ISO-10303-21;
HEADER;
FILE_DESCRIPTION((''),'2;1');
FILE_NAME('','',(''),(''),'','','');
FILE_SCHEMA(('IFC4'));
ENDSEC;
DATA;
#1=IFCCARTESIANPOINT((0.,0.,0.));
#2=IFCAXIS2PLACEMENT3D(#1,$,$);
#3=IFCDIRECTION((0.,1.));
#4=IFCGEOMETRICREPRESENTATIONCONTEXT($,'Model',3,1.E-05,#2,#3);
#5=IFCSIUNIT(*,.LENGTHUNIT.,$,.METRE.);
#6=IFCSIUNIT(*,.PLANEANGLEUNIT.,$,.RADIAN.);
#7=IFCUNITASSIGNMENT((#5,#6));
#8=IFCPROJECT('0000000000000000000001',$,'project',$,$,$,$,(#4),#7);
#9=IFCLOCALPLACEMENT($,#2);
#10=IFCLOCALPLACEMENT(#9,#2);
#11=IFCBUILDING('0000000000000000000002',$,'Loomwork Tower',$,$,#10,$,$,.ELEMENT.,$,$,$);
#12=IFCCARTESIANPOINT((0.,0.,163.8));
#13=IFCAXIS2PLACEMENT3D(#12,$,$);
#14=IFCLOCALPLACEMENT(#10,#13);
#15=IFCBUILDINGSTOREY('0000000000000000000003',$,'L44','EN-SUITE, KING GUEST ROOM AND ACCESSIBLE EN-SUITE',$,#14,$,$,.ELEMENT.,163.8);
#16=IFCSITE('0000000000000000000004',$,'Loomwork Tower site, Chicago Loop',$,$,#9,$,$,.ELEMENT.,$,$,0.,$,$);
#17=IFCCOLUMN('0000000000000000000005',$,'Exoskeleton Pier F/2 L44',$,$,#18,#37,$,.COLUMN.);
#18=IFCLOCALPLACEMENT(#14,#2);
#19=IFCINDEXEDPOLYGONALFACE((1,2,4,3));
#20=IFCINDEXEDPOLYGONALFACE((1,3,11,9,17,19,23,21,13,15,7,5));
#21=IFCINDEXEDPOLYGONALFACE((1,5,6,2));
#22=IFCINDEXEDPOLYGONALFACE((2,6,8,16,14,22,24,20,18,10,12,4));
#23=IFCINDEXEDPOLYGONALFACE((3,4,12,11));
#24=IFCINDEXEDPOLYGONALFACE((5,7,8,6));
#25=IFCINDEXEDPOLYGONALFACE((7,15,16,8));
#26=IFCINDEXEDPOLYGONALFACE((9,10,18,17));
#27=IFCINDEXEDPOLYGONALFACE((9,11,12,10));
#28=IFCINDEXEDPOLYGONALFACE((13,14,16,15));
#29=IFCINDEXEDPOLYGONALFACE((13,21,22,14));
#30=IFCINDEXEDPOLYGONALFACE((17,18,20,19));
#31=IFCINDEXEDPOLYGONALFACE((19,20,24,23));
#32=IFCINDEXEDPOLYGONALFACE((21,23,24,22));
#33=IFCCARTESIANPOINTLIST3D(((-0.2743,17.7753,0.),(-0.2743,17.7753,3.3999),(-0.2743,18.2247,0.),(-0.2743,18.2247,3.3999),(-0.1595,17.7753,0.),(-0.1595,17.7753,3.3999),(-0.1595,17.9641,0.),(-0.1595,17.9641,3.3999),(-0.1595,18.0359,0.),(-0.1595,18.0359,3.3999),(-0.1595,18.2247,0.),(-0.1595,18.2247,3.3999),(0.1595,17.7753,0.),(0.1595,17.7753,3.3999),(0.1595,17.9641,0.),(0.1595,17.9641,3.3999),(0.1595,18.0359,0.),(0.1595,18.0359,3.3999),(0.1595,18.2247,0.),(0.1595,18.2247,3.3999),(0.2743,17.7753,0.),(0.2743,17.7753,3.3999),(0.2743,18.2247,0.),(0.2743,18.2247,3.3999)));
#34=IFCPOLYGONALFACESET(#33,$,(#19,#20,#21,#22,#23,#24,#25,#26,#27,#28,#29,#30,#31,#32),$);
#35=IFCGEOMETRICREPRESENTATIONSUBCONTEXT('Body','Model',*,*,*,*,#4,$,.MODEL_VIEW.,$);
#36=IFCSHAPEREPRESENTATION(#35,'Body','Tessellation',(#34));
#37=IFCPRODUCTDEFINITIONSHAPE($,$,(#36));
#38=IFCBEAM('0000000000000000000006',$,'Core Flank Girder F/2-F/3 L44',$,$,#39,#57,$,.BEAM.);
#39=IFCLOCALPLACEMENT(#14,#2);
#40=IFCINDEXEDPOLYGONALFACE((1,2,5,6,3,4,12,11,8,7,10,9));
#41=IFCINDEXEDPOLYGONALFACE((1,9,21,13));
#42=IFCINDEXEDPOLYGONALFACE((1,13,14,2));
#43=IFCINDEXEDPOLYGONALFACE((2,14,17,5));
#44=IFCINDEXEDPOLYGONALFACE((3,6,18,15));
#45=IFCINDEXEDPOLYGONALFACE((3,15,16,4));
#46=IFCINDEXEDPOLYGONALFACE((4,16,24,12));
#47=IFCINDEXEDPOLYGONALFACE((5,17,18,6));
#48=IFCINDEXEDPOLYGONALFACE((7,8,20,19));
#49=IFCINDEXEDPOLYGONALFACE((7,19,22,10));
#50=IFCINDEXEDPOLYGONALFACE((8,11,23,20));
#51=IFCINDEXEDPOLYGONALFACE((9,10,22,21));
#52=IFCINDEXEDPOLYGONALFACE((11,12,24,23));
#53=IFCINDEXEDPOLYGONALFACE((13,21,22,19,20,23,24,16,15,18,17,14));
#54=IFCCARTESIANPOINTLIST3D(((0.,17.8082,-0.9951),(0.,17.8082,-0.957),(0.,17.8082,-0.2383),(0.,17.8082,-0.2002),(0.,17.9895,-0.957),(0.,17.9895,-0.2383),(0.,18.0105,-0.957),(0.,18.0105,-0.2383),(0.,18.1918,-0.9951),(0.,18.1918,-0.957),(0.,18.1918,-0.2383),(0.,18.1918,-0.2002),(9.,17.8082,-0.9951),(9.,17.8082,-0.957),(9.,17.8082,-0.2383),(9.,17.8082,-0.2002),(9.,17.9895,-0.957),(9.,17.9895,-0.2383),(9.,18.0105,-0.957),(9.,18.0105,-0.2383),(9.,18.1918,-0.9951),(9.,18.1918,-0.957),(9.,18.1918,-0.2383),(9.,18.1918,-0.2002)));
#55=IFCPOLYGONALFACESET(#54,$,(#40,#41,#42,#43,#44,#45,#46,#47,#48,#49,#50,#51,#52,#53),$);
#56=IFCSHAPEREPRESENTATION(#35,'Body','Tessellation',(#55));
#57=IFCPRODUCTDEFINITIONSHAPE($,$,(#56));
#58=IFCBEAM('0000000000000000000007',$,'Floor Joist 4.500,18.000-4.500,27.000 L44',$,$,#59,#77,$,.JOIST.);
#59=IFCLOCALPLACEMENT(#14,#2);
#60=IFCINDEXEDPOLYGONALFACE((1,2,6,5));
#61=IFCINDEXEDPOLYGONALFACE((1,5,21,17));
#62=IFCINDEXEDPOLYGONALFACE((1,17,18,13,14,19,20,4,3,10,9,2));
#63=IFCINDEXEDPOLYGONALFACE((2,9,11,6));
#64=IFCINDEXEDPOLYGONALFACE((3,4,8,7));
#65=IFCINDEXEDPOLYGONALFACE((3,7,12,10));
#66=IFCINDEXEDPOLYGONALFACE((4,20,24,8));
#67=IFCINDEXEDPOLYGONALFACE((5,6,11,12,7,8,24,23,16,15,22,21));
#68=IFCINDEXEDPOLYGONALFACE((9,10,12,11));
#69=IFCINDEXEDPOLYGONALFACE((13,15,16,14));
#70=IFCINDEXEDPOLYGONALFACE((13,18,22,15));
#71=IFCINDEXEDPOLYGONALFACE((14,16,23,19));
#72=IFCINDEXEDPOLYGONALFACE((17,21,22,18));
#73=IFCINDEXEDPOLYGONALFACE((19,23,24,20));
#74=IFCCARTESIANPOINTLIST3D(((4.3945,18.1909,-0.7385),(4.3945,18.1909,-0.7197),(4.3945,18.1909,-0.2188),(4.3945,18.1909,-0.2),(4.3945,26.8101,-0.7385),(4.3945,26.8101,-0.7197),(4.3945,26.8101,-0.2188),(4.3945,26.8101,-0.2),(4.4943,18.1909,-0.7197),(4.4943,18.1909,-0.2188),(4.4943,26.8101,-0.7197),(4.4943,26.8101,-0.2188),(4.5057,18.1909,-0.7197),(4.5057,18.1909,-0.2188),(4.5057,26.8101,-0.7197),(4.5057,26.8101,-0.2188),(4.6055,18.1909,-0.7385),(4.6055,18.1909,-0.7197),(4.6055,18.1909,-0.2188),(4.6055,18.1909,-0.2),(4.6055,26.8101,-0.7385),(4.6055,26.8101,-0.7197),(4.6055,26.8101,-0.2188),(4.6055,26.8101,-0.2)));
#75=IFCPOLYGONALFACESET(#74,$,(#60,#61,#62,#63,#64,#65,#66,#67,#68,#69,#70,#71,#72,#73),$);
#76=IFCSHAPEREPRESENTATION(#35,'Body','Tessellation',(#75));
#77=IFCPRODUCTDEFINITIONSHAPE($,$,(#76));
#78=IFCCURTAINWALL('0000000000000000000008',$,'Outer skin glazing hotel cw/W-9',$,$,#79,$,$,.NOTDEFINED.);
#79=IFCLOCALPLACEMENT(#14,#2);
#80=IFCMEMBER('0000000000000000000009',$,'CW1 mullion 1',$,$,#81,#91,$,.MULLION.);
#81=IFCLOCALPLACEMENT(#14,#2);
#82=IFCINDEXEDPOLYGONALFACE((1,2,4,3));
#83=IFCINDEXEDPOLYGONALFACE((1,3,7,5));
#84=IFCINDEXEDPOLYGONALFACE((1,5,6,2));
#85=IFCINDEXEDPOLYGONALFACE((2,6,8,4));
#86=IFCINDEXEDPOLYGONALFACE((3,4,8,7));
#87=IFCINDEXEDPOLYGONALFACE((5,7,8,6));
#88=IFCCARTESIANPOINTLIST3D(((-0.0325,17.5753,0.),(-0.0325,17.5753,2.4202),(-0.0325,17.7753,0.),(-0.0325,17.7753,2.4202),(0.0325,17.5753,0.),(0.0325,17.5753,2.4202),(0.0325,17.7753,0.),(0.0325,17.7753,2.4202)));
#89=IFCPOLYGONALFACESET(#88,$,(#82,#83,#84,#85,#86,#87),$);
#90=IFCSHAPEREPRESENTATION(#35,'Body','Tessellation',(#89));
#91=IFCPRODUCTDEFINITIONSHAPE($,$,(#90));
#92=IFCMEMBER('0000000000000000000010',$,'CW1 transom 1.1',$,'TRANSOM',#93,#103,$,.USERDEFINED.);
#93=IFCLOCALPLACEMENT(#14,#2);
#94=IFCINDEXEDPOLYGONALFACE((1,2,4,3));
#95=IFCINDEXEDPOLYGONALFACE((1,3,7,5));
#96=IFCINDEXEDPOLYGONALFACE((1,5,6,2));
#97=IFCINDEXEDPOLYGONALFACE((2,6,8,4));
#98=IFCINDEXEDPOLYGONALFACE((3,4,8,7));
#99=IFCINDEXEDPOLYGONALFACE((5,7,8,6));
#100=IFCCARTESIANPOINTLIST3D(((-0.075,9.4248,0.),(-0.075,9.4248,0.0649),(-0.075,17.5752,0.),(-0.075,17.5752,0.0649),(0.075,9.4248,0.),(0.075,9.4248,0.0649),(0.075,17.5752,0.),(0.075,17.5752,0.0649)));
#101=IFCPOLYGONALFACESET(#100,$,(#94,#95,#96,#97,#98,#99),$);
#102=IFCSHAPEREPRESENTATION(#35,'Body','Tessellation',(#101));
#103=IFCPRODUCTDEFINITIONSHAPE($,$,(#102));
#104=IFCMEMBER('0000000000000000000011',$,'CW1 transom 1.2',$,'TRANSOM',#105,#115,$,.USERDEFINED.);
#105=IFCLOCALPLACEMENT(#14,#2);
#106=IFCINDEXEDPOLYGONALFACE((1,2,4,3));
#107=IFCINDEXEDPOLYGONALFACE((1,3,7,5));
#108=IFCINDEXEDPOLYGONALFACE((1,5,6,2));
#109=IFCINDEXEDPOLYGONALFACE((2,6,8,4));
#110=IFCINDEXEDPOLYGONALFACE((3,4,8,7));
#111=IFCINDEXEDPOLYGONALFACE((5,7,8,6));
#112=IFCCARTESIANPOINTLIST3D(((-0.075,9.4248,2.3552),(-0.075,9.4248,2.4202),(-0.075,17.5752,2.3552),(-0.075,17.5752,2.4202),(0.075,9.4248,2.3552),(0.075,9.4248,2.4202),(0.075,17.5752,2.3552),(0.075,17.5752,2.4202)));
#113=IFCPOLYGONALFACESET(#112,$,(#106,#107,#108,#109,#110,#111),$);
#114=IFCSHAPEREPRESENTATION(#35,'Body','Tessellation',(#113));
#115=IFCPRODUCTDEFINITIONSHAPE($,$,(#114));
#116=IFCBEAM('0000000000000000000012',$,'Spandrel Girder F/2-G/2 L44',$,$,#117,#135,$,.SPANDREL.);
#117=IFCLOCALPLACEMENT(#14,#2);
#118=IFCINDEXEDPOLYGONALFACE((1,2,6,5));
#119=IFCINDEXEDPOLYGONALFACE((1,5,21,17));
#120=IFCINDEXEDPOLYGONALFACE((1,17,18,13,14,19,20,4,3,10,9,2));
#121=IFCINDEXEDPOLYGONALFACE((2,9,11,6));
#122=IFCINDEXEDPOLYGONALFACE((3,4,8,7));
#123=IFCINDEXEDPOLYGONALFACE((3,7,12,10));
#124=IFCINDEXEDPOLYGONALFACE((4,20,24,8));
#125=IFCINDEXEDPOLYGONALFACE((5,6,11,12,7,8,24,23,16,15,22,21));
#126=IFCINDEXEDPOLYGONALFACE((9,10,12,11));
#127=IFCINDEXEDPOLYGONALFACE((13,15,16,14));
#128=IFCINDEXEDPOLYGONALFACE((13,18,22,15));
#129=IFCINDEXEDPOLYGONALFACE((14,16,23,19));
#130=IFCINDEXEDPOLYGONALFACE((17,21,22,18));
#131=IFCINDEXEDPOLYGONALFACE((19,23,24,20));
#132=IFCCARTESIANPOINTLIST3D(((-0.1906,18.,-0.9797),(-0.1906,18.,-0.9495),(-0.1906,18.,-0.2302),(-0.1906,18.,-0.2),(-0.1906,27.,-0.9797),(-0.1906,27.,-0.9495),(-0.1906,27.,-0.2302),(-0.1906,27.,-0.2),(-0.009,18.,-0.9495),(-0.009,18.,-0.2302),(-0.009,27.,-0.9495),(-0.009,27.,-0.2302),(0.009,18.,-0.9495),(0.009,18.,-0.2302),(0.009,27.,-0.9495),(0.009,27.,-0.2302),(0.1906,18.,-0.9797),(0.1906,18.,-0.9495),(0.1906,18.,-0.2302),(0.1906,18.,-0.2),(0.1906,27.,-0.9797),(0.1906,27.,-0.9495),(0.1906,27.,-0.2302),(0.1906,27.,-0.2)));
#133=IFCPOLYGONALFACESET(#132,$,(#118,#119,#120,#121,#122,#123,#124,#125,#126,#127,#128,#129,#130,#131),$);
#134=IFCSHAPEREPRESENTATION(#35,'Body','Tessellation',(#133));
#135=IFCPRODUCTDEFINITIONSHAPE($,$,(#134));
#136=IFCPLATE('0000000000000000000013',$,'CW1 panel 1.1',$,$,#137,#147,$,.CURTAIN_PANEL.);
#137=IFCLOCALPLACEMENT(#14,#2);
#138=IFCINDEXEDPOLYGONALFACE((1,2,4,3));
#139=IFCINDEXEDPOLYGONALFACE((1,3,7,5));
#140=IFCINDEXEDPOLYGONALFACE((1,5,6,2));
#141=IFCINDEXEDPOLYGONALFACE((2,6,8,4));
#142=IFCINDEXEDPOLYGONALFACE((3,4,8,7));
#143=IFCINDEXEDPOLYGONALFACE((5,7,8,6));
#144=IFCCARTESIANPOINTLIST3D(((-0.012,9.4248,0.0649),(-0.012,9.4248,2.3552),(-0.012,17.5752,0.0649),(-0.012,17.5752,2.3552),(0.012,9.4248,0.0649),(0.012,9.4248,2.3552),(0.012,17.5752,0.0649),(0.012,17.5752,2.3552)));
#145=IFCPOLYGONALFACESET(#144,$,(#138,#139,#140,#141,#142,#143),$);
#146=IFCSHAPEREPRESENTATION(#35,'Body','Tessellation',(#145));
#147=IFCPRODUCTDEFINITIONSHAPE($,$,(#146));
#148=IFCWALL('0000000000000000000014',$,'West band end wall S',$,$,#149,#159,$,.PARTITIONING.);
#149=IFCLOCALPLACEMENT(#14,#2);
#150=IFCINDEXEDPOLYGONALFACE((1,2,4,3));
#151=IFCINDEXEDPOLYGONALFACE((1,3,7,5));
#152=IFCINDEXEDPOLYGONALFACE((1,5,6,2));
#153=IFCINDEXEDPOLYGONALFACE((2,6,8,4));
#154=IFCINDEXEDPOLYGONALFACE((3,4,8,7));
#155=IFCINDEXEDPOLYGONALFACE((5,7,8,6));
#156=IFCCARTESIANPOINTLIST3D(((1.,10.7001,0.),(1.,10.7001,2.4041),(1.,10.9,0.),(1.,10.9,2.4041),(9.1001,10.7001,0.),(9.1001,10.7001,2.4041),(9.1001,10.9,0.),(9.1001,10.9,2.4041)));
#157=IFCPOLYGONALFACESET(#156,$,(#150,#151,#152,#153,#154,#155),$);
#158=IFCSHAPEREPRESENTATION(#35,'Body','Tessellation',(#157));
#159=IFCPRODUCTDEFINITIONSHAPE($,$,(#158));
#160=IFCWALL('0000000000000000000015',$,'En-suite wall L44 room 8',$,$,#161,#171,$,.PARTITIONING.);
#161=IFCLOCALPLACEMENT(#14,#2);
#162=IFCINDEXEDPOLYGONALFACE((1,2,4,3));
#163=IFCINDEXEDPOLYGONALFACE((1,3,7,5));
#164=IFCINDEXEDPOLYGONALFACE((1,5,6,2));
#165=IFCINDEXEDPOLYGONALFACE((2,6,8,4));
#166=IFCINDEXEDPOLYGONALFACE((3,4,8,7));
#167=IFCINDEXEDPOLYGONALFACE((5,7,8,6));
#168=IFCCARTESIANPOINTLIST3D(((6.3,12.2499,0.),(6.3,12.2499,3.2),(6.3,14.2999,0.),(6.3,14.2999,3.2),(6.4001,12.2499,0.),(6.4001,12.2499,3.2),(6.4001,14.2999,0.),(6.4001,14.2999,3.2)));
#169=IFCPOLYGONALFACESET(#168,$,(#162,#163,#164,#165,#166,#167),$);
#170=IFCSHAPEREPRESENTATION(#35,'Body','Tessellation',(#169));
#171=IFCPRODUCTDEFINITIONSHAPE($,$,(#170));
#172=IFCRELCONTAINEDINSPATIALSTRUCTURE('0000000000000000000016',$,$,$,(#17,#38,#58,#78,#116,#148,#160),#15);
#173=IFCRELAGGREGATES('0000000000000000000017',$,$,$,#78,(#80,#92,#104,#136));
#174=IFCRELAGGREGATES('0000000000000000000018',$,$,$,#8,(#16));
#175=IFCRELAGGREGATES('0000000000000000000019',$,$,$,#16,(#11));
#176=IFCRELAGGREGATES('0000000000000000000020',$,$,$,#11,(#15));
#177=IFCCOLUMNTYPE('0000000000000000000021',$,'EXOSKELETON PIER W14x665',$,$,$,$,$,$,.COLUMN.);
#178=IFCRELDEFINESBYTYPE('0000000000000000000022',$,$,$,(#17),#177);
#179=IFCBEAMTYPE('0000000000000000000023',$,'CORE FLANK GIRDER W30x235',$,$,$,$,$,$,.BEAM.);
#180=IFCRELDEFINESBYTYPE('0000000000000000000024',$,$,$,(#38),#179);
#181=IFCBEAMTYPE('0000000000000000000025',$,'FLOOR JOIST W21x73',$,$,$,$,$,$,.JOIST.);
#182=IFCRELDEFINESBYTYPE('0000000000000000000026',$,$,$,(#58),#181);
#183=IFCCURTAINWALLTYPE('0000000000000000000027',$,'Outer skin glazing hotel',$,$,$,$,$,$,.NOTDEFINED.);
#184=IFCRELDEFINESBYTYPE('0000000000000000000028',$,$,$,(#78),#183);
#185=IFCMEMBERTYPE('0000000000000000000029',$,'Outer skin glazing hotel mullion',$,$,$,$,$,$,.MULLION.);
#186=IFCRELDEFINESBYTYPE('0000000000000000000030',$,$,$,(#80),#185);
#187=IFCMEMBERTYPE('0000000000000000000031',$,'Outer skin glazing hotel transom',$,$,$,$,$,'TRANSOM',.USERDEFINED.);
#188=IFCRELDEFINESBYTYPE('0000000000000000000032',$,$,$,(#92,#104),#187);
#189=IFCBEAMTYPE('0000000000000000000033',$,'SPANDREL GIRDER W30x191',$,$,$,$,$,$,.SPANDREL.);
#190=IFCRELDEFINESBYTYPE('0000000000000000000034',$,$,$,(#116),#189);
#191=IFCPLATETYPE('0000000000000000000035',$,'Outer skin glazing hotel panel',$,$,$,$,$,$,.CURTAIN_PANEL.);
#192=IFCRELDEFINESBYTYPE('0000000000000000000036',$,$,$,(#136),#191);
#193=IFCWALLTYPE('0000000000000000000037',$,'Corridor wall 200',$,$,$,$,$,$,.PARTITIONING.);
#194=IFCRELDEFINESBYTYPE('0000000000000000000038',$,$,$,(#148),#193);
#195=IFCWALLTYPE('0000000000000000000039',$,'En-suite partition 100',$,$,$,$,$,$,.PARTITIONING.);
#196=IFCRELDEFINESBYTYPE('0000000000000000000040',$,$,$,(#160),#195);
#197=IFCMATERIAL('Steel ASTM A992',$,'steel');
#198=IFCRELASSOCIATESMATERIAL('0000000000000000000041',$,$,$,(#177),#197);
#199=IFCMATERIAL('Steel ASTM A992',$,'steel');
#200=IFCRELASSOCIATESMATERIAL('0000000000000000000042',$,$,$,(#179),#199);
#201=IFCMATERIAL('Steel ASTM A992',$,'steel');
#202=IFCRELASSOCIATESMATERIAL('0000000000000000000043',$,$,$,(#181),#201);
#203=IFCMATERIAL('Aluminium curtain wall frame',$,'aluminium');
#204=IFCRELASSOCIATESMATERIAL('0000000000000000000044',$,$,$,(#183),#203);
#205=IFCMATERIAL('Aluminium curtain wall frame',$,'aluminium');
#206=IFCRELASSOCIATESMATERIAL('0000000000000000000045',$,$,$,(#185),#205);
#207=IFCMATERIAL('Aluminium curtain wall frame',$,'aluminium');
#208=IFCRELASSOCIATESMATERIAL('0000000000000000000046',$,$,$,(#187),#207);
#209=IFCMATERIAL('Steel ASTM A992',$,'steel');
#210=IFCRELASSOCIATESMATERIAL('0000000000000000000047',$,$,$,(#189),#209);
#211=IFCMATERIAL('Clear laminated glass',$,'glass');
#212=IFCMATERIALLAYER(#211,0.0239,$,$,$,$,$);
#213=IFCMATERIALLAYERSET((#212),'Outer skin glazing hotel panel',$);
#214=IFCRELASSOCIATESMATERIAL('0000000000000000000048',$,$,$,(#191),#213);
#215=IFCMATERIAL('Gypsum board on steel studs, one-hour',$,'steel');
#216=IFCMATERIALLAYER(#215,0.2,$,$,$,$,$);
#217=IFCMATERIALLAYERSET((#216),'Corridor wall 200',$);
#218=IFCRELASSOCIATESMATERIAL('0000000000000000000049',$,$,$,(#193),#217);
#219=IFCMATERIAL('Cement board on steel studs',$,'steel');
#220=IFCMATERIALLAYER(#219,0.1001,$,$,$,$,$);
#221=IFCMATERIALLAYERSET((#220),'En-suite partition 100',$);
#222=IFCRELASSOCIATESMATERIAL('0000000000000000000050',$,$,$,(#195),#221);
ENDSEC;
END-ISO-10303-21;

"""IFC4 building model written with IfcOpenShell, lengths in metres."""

from ifc_helpers import new_model, si_unit, direction, frame, frame_2d, origin, origin_2d, place, context, subcontext, project, spatial, rectangle, i_section, extrude, material, layer, layer_set, material_profile, profile_set, type_object, element, aggregate, save


model = new_model("IFC4")

# Units and contexts
model_context = context("Model", 3, precision=1e-05, world=origin(), true_north=direction((0.0, 1.0)))
body_context = subcontext(model_context, "Body", "Model", "MODEL_VIEW")
ifc_project = project(units=[si_unit("LENGTHUNIT", "METRE"), si_unit("PLANEANGLEUNIT", "RADIAN")], contexts=[model_context])

# Site, building, storey
site_placement = place(None, origin())
site = spatial("IfcSite", under=ifc_project, at=site_placement, Name="Loomwork Tower site, Chicago Loop", CompositionType="ELEMENT", RefElevation=0.0)
building_placement = place(site_placement, origin())
building = spatial("IfcBuilding", under=site, at=building_placement, Name="Loomwork Tower", CompositionType="ELEMENT")
storey_placement = place(building_placement, frame((0.0, 0.0, 163.8)))
storey = spatial("IfcBuildingStorey", under=building, at=storey_placement, Name="L44", Description="EN-SUITE, KING GUEST ROOM AND ACCESSIBLE EN-SUITE", CompositionType="ELEMENT", Elevation=163.8)

# Column
ifc_material_1 = material(Name="Steel ASTM A992", Category="steel")
ifc_material_profile_1 = material_profile(ifc_material_1, i_section(OverallWidth=0.4495, OverallDepth=0.5486, WebThickness=0.0718, FlangeThickness=0.1147, at=origin_2d()), Name="W14x665")
ifc_profile_set_1 = profile_set([ifc_material_profile_1], Name="Steel ASTM A992")
column_type = type_object("IfcColumnType", Name="EXOSKELETON PIER W14x665", PredefinedType="COLUMN", material=ifc_profile_set_1)
column_placement = place(storey_placement, frame((0.0, 18.0, 0.0), z_axis=(0.0, 0.0, 1.0), x_axis=(0.0, 1.0, 0.0)))
element("IfcColumn", 1, at=column_placement, inside=storey, type_object=column_type, Name="Exoskeleton Pier F/2 L44", PredefinedType="COLUMN", context=body_context, shape_type="SweptSolid", body=[
    extrude(i_section(OverallWidth=0.4495, OverallDepth=0.5486, WebThickness=0.0718, FlangeThickness=0.1147, at=origin_2d()), origin(), (0.0, 0.0, 1.0), 3.3999),
])

# Beams
ifc_material_2 = material(Name="Steel ASTM A992", Category="steel")
ifc_material_profile_2 = material_profile(ifc_material_2, i_section(OverallWidth=0.3835, OverallDepth=0.7949, WebThickness=0.021, FlangeThickness=0.0381, at=origin_2d()), Name="W30x235")
ifc_profile_set_2 = profile_set([ifc_material_profile_2], Name="Steel ASTM A992")
beam_type_1 = type_object("IfcBeamType", Name="CORE FLANK GIRDER W30x235", PredefinedType="BEAM", material=ifc_profile_set_2)
beam_1_placement = place(storey_placement, frame((0.0, 18.0, -0.5977), z_axis=(1.0, 0.0, 0.0), x_axis=(0.0, 1.0, 0.0)))
element("IfcBeam", 2, at=beam_1_placement, inside=storey, type_object=beam_type_1, Name="Core Flank Girder F/2-F/3 L44", PredefinedType="BEAM", context=body_context, shape_type="SweptSolid", body=[
    extrude(i_section(OverallWidth=0.3835, OverallDepth=0.7949, WebThickness=0.021, FlangeThickness=0.0381, at=origin_2d()), origin(), (0.0, 0.0, 1.0), 9.0),
])
ifc_material_3 = material(Name="Steel ASTM A992", Category="steel")
ifc_material_profile_3 = material_profile(ifc_material_3, i_section(OverallWidth=0.2109, OverallDepth=0.5386, WebThickness=0.0115, FlangeThickness=0.0188, at=origin_2d()), Name="W21x73")
ifc_profile_set_3 = profile_set([ifc_material_profile_3], Name="Steel ASTM A992")
beam_type_2 = type_object("IfcBeamType", Name="FLOOR JOIST W21x73", PredefinedType="JOIST", material=ifc_profile_set_3)
beam_2_placement = place(storey_placement, frame((4.5, 18.1909, -0.4692), z_axis=(0.0, 1.0, 0.0), x_axis=(-1.0, 0.0, 0.0)))
element("IfcBeam", 3, at=beam_2_placement, inside=storey, type_object=beam_type_2, Name="Floor Joist 4.500,18.000-4.500,27.000 L44", PredefinedType="JOIST", context=body_context, shape_type="SweptSolid", body=[
    extrude(i_section(OverallWidth=0.2109, OverallDepth=0.5386, WebThickness=0.0115, FlangeThickness=0.0188, at=origin_2d()), origin(), (0.0, 0.0, 1.0), 8.6191),
])

# Curtain wall, members
ifc_material_4 = material(Name="Aluminium curtain wall frame", Category="aluminium")
curtain_wall_type = type_object("IfcCurtainWallType", Name="Outer skin glazing hotel", PredefinedType="NOTDEFINED", material=ifc_material_4)
curtain_wall_placement = place(storey_placement, origin())
curtain_wall = element("IfcCurtainWall", 4, at=curtain_wall_placement, inside=storey, type_object=curtain_wall_type, Name="Outer skin glazing hotel cw/W-9", PredefinedType="NOTDEFINED")
ifc_material_5 = material(Name="Aluminium curtain wall frame", Category="aluminium")
ifc_material_profile_4 = material_profile(ifc_material_5, rectangle(XDim=0.0649, YDim=0.2, at=origin_2d()), Name="AL 65x200")
ifc_profile_set_4 = profile_set([ifc_material_profile_4], Name="Aluminium curtain wall frame")
member_type_1 = type_object("IfcMemberType", Name="Outer skin glazing hotel mullion", PredefinedType="MULLION", material=ifc_profile_set_4)
member_1_placement = place(storey_placement, frame((0.0, 17.6753, 0.0), z_axis=(0.0, 0.0, 1.0), x_axis=(1.0, 0.0, 0.0)))
member_1 = element("IfcMember", 5, at=member_1_placement, type_object=member_type_1, Name="CW1 mullion 1", PredefinedType="MULLION", context=body_context, shape_type="SweptSolid", body=[
    extrude(rectangle(XDim=0.0649, YDim=0.2, at=origin_2d()), origin(), (0.0, 0.0, 1.0), 2.4202),
])
ifc_material_6 = material(Name="Aluminium curtain wall frame", Category="aluminium")
ifc_material_profile_5 = material_profile(ifc_material_6, rectangle(XDim=0.1499, YDim=0.0649, at=origin_2d()), Name="AL 65x150")
ifc_profile_set_5 = profile_set([ifc_material_profile_5], Name="Aluminium curtain wall frame")
member_type_2 = type_object("IfcMemberType", Name="Outer skin glazing hotel transom", ElementType="TRANSOM", PredefinedType="USERDEFINED", material=ifc_profile_set_5)
member_2_placement = place(storey_placement, frame((0.0, 17.5752, 0.0325), z_axis=(0.0, -1.0, 0.0), x_axis=(1.0, 0.0, 0.0)))
member_2 = element("IfcMember", 6, at=member_2_placement, type_object=member_type_2, Name="CW1 transom 1.1", ObjectType="TRANSOM", PredefinedType="USERDEFINED", context=body_context, shape_type="SweptSolid", body=[
    extrude(rectangle(XDim=0.1499, YDim=0.0649, at=origin_2d()), origin(), (0.0, 0.0, 1.0), 8.1504),
])
member_3_placement = place(storey_placement, frame((0.0, 17.5752, 2.3877), z_axis=(0.0, -1.0, 0.0), x_axis=(1.0, 0.0, 0.0)))
member_3 = element("IfcMember", 7, at=member_3_placement, type_object=member_type_2, Name="CW1 transom 1.2", ObjectType="TRANSOM", PredefinedType="USERDEFINED", context=body_context, shape_type="SweptSolid", body=[
    extrude(rectangle(XDim=0.1499, YDim=0.0649, at=origin_2d()), origin(), (0.0, 0.0, 1.0), 8.1504),
])

# Beam
ifc_material_7 = material(Name="Steel ASTM A992", Category="steel")
ifc_material_profile_6 = material_profile(ifc_material_7, i_section(OverallWidth=0.3811, OverallDepth=0.7798, WebThickness=0.0181, FlangeThickness=0.0303, at=origin_2d()), Name="W30x191")
ifc_profile_set_6 = profile_set([ifc_material_profile_6], Name="Steel ASTM A992")
beam_type_3 = type_object("IfcBeamType", Name="SPANDREL GIRDER W30x191", PredefinedType="SPANDREL", material=ifc_profile_set_6)
beam_3_placement = place(storey_placement, frame((0.0, 18.0, -0.5898), z_axis=(0.0, 1.0, 0.0), x_axis=(-1.0, 0.0, 0.0)))
element("IfcBeam", 8, at=beam_3_placement, inside=storey, type_object=beam_type_3, Name="Spandrel Girder F/2-G/2 L44", PredefinedType="SPANDREL", context=body_context, shape_type="SweptSolid", body=[
    extrude(i_section(OverallWidth=0.3811, OverallDepth=0.7798, WebThickness=0.0181, FlangeThickness=0.0303, at=origin_2d()), origin(), (0.0, 0.0, 1.0), 9.0),
])

# Plate
ifc_material_8 = material(Name="Clear laminated glass", Category="glass")
ifc_layer_1 = layer(ifc_material_8, 0.0239)
ifc_layer_set_1 = layer_set([ifc_layer_1], Name="Outer skin glazing hotel panel")
plate_type = type_object("IfcPlateType", Name="Outer skin glazing hotel panel", PredefinedType="CURTAIN_PANEL", material=ifc_layer_set_1)
plate_placement = place(storey_placement, frame((0.0, 13.5, 0.0649), z_axis=(0.0, 0.0, 1.0), x_axis=(0.0, -1.0, 0.0)))
plate = element("IfcPlate", 9, at=plate_placement, type_object=plate_type, Name="CW1 panel 1.1", PredefinedType="CURTAIN_PANEL", context=body_context, shape_type="SweptSolid", body=[
    extrude(rectangle(XDim=8.1504, YDim=0.0239, at=origin_2d()), origin(), (0.0, 0.0, 1.0), 2.2903),
])
aggregate(curtain_wall, [member_1, member_2, member_3, plate])

# Walls
ifc_material_9 = material(Name="Gypsum board on steel studs, one-hour", Category="steel")
ifc_layer_2 = layer(ifc_material_9, 0.2)
ifc_layer_set_2 = layer_set([ifc_layer_2], Name="Corridor wall 200")
wall_type_1 = type_object("IfcWallType", Name="Corridor wall 200", PredefinedType="PARTITIONING", material=ifc_layer_set_2)
wall_1_placement = place(storey_placement, frame((1.0, 10.8, 0.0), z_axis=(0.0, 0.0, 1.0), x_axis=(1.0, 0.0, 0.0)))
element("IfcWall", 10, at=wall_1_placement, inside=storey, type_object=wall_type_1, Name="West band end wall S", PredefinedType="PARTITIONING", context=body_context, shape_type="SweptSolid", body=[
    extrude(rectangle(XDim=8.1001, YDim=0.2, at=frame_2d((4.05, 0.0))), origin(), (0.0, 0.0, 1.0), 2.4041),
])
ifc_material_10 = material(Name="Cement board on steel studs", Category="steel")
ifc_layer_3 = layer(ifc_material_10, 0.1001)
ifc_layer_set_3 = layer_set([ifc_layer_3], Name="En-suite partition 100")
wall_type_2 = type_object("IfcWallType", Name="En-suite partition 100", PredefinedType="PARTITIONING", material=ifc_layer_set_3)
wall_2_placement = place(storey_placement, frame((6.3501, 12.25, 0.0), z_axis=(0.0, 0.0, 1.0), x_axis=(0.0, 1.0, 0.0)))
element("IfcWall", 11, at=wall_2_placement, inside=storey, type_object=wall_type_2, Name="En-suite wall L44 room 8", PredefinedType="PARTITIONING", context=body_context, shape_type="SweptSolid", body=[
    extrude(rectangle(XDim=2.05, YDim=0.1001, at=frame_2d((1.0249, 0.0))), origin(), (0.0, 0.0, 1.0), 3.2),
])

save(model, "model.ifc")
